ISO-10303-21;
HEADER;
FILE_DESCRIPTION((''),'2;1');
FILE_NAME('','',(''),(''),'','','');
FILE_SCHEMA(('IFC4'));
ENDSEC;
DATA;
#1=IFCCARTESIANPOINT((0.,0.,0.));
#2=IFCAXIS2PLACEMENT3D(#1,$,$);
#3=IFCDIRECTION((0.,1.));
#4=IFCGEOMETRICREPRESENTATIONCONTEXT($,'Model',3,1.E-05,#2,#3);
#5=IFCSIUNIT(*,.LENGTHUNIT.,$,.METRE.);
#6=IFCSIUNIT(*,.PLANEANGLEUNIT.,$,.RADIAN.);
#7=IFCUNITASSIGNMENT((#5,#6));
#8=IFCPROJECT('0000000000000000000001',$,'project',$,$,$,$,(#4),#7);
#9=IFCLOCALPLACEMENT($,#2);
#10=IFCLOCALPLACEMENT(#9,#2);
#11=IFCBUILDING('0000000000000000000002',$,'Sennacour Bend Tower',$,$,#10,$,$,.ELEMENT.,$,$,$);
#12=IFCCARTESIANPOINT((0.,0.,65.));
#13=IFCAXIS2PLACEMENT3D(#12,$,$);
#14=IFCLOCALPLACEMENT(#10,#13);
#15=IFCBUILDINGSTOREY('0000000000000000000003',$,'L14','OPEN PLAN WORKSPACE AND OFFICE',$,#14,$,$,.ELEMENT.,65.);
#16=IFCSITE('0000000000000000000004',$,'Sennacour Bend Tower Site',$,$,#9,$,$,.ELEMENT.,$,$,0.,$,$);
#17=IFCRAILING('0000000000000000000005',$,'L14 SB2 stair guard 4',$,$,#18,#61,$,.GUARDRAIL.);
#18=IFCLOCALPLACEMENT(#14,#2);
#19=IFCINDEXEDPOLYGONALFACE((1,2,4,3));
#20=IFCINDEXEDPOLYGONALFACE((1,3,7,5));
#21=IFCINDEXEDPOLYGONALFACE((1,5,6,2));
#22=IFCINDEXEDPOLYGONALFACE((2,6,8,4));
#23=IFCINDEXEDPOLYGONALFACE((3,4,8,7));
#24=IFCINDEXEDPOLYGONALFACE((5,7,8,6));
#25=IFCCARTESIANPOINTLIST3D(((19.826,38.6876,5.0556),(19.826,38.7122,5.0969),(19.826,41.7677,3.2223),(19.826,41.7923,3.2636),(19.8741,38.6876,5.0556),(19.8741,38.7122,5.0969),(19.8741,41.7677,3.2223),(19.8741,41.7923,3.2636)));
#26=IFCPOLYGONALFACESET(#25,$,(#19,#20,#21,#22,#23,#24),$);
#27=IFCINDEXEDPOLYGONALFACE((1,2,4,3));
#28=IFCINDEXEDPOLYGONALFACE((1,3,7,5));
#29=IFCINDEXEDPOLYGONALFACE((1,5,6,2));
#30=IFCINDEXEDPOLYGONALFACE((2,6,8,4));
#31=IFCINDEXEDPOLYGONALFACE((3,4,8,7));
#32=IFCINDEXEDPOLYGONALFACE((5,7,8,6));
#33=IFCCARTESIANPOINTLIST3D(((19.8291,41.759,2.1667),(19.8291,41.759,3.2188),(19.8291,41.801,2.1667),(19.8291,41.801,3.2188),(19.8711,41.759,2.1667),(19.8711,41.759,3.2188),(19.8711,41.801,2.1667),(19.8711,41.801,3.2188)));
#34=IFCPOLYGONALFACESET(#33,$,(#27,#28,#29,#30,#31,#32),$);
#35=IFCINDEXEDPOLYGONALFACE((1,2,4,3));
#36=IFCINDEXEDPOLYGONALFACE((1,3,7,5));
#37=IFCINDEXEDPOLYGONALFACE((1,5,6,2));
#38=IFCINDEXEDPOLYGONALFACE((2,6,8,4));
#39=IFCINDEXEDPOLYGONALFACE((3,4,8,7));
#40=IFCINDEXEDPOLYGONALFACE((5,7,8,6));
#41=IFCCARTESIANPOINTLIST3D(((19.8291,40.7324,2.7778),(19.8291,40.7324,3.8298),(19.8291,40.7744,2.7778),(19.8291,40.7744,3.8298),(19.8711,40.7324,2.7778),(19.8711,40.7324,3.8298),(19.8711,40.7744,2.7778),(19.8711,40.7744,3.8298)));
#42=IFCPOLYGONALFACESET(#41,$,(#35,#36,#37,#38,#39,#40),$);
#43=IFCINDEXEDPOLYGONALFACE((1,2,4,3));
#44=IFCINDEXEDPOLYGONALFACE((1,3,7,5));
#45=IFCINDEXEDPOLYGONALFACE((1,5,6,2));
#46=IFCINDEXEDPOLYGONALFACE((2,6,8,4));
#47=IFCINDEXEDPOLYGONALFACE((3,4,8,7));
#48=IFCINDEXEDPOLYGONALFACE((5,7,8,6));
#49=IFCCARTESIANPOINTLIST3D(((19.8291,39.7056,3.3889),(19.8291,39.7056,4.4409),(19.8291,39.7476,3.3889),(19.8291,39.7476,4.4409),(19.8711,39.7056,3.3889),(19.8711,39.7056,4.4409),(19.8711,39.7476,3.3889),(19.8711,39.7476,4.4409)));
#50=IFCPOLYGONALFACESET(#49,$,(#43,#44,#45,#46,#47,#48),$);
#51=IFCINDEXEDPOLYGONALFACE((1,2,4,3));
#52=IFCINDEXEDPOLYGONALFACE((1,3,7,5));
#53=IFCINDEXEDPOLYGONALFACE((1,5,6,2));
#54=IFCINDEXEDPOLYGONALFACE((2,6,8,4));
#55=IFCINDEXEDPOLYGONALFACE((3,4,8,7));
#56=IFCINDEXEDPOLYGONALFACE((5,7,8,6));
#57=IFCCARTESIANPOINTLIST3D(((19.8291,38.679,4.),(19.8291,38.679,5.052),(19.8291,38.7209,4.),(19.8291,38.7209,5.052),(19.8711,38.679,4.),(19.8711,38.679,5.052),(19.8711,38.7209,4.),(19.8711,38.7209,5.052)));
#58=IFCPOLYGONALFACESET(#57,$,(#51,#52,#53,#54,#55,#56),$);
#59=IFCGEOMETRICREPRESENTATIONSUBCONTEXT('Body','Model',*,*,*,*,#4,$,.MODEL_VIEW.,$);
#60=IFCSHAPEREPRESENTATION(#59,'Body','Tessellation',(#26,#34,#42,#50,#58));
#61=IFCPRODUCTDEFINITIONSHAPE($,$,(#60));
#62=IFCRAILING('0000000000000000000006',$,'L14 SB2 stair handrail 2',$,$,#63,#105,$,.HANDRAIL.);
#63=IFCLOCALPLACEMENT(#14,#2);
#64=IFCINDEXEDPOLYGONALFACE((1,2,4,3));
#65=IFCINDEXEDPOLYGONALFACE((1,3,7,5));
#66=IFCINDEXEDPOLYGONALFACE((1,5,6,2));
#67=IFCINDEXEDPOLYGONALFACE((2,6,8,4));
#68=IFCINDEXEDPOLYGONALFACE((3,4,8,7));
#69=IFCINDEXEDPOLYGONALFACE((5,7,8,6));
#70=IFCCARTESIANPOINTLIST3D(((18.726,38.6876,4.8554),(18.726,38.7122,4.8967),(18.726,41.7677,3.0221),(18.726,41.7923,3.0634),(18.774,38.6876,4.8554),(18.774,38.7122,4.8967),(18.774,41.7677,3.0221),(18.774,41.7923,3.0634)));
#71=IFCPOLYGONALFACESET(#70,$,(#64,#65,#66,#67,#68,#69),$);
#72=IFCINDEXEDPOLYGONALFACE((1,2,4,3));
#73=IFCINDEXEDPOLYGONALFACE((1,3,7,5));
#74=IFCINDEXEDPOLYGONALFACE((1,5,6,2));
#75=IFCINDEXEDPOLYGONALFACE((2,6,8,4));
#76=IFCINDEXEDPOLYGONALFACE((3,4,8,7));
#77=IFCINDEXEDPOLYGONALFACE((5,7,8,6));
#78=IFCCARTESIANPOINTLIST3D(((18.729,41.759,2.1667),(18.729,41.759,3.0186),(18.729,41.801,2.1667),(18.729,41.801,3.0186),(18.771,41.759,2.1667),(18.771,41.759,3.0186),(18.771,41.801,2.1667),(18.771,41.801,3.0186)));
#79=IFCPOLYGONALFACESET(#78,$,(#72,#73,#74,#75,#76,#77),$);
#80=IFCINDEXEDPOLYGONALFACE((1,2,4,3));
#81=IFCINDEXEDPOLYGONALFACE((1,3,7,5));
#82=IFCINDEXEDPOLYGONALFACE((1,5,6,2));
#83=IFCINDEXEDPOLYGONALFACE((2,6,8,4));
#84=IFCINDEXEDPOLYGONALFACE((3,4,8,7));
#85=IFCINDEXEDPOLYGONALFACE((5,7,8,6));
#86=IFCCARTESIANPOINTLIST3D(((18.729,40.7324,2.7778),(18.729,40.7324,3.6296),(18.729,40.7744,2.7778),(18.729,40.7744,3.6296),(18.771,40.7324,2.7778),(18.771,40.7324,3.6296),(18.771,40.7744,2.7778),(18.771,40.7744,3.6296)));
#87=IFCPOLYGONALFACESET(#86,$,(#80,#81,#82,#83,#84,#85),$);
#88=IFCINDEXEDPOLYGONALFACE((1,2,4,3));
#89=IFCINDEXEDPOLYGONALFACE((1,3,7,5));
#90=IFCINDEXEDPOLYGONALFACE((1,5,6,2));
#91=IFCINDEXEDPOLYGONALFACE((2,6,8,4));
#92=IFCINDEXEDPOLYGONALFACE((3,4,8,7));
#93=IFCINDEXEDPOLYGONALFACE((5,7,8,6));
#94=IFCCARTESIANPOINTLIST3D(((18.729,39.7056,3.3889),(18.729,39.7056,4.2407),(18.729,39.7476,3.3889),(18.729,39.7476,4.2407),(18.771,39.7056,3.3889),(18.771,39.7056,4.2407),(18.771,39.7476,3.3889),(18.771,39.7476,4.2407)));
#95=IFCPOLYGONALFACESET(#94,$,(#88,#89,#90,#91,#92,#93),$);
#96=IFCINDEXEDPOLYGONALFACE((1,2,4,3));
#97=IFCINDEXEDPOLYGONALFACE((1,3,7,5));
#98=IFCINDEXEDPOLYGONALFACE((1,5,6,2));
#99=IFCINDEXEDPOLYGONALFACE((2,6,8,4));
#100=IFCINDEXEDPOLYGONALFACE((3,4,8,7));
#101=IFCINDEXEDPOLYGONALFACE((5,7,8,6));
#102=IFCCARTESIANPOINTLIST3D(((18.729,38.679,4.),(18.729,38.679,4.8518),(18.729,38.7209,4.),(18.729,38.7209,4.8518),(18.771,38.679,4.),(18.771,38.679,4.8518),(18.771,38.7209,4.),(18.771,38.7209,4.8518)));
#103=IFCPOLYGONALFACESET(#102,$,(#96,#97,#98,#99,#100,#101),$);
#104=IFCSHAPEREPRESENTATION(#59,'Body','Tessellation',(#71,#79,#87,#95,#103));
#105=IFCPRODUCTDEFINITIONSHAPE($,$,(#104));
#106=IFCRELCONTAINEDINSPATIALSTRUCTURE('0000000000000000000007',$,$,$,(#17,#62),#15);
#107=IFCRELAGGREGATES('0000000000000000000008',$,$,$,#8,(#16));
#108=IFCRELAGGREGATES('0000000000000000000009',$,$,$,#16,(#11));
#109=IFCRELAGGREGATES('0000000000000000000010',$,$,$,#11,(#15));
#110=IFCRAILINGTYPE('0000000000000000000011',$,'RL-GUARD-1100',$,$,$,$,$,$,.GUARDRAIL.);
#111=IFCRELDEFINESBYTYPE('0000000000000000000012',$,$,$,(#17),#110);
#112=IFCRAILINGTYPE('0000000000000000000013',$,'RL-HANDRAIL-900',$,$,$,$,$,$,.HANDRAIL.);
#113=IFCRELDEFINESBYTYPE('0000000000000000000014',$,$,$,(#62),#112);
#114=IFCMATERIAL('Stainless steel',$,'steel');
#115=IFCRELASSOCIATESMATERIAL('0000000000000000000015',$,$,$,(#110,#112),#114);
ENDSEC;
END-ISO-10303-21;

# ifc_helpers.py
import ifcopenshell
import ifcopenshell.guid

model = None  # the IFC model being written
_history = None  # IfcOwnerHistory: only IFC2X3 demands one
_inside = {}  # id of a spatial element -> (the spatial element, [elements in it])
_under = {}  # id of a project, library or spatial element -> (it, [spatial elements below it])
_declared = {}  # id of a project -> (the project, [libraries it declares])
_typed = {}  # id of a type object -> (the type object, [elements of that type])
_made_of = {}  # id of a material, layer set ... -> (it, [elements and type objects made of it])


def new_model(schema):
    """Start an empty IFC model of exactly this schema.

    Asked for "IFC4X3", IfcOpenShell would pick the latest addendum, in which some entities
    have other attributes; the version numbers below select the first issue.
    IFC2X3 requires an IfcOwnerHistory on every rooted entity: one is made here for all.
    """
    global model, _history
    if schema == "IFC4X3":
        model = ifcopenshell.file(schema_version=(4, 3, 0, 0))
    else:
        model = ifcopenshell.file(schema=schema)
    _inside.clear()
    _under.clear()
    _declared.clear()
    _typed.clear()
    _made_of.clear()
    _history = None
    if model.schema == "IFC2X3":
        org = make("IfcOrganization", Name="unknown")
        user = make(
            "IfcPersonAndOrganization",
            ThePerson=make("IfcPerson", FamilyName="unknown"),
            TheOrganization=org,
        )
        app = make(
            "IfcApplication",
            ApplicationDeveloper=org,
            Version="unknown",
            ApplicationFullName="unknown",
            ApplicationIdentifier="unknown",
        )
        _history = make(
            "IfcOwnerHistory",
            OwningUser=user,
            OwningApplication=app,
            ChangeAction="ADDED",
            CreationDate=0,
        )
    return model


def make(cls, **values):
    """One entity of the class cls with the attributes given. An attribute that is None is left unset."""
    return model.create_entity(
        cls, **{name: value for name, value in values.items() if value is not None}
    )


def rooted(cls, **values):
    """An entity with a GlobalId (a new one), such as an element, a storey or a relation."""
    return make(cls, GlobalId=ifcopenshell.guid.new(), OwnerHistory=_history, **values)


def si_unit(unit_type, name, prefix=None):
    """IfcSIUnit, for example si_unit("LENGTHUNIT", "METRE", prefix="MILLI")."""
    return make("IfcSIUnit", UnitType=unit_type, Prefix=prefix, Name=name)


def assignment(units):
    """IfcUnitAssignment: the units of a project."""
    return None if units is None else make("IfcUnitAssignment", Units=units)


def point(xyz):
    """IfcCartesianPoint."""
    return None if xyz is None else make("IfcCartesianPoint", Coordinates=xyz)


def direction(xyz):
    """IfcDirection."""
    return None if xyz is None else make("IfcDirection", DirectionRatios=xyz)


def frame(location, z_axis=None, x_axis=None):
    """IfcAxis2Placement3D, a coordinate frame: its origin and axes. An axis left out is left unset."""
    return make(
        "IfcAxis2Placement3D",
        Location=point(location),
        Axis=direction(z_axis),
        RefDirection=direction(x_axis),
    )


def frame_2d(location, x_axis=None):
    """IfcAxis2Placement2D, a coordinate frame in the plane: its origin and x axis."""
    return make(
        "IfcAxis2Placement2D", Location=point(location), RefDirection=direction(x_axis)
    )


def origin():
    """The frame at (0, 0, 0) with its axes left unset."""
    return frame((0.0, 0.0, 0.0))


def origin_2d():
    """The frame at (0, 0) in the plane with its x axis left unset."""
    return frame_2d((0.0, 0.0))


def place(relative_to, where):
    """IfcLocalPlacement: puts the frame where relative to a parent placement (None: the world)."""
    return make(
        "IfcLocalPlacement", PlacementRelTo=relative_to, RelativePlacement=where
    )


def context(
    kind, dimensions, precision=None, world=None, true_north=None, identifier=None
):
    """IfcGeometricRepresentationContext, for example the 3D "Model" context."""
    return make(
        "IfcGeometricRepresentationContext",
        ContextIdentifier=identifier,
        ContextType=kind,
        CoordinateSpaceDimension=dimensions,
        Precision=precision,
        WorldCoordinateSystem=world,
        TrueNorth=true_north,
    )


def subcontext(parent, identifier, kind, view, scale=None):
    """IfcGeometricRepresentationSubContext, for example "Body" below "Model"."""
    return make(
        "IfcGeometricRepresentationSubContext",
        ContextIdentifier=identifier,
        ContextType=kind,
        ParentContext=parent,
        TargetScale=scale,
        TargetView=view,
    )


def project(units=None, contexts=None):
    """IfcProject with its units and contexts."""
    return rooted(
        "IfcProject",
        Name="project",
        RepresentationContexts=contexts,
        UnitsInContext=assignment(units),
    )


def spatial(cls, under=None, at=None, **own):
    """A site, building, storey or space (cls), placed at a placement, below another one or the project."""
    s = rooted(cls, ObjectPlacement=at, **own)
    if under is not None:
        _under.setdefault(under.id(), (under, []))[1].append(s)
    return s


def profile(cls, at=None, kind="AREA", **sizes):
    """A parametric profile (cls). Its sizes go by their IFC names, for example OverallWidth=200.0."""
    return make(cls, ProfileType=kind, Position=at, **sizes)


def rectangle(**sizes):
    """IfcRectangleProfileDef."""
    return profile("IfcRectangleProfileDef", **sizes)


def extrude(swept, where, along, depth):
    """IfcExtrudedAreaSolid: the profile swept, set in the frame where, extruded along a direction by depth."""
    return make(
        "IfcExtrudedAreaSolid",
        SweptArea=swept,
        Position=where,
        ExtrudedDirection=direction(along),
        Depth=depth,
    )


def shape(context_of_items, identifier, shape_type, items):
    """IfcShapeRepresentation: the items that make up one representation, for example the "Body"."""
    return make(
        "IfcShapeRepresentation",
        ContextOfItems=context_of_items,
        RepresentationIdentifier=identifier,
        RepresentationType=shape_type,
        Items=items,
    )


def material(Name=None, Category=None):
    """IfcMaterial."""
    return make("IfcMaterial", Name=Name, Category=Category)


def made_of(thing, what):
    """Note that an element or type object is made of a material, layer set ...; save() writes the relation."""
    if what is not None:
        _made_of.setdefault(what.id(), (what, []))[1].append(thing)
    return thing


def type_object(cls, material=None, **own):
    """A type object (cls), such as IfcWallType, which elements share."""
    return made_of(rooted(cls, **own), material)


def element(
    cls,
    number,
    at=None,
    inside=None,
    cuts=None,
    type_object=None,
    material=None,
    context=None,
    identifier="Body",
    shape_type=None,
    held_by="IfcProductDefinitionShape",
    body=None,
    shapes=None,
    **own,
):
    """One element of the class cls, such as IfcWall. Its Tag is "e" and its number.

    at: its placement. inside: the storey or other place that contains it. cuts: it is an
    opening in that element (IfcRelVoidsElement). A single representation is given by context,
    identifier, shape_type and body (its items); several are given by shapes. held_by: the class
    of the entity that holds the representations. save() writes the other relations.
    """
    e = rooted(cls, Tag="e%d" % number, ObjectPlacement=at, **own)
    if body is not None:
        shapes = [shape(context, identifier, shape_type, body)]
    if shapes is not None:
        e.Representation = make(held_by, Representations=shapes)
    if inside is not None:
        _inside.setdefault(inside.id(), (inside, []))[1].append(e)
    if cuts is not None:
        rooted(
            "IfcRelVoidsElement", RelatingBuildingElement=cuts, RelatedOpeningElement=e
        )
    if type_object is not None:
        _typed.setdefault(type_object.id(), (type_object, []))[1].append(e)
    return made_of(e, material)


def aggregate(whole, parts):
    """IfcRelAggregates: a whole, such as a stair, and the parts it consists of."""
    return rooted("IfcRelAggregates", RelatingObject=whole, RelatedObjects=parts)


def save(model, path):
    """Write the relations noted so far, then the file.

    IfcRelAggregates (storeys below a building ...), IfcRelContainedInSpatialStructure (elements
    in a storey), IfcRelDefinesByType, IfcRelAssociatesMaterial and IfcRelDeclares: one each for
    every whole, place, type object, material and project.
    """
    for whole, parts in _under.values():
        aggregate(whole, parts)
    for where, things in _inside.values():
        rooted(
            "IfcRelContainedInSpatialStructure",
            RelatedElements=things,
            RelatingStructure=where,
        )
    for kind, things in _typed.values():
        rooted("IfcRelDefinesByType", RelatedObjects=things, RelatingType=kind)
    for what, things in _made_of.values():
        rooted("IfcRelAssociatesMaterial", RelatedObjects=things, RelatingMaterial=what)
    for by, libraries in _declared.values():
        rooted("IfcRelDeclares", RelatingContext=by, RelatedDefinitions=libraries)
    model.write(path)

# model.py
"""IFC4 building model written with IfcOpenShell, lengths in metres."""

from ifc_helpers import new_model, si_unit, direction, frame, origin, origin_2d, place, context, subcontext, project, spatial, rectangle, extrude, material, type_object, element, save


model = new_model("IFC4")

# Units and contexts
model_context = context("Model", 3, precision=1e-05, world=origin(), true_north=direction((0.0, 1.0)))
body_context = subcontext(model_context, "Body", "Model", "MODEL_VIEW")
ifc_project = project(units=[si_unit("LENGTHUNIT", "METRE"), si_unit("PLANEANGLEUNIT", "RADIAN")], contexts=[model_context])

# Site, building, storey
site_placement = place(None, origin())
site = spatial("IfcSite", under=ifc_project, at=site_placement, Name="Sennacour Bend Tower Site", CompositionType="ELEMENT", RefElevation=0.0)
building_placement = place(site_placement, origin())
building = spatial("IfcBuilding", under=site, at=building_placement, Name="Sennacour Bend Tower", CompositionType="ELEMENT")
storey_placement = place(building_placement, frame((0.0, 0.0, 65.0)))
storey = spatial("IfcBuildingStorey", under=building, at=storey_placement, Name="L14", Description="OPEN PLAN WORKSPACE AND OFFICE", CompositionType="ELEMENT", Elevation=65.0)

# Railings
ifc_material_1 = material(Name="Stainless steel", Category="steel")
railing_type_1 = type_object("IfcRailingType", Name="RL-GUARD-1100", PredefinedType="GUARDRAIL", material=ifc_material_1)
railing_1_placement = place(storey_placement, frame((19.8501, 41.78, 2.1667)))
element("IfcRailing", 1, at=railing_1_placement, inside=storey, type_object=railing_type_1, Name="L14 SB2 stair guard 4", PredefinedType="GUARDRAIL", context=body_context, shape_type="SweptSolid", body=[
    extrude(rectangle(XDim=0.0481, YDim=0.0481, at=origin_2d()), frame((0.0, 0.0, 1.0762), z_axis=(0.0, -0.859309, 0.511458), x_axis=(1.0, 0.0, 0.0)), (0.0, 0.0, 1.0), 3.5845),
    extrude(rectangle(XDim=0.042, YDim=0.042, at=origin_2d()), origin(), (0.0, 0.0, 1.0), 1.052),
    extrude(rectangle(XDim=0.042, YDim=0.042, at=origin_2d()), frame((0.0, -1.0266, 0.6111)), (0.0, 0.0, 1.0), 1.052),
    extrude(rectangle(XDim=0.042, YDim=0.042, at=origin_2d()), frame((0.0, -2.0535, 1.2222)), (0.0, 0.0, 1.0), 1.052),
    extrude(rectangle(XDim=0.042, YDim=0.042, at=origin_2d()), frame((0.0, -3.0801, 1.8333)), (0.0, 0.0, 1.0), 1.052),
])
railing_type_2 = type_object("IfcRailingType", Name="RL-HANDRAIL-900", PredefinedType="HANDRAIL", material=ifc_material_1)
railing_2_placement = place(storey_placement, frame((18.75, 41.78, 2.1667)))
element("IfcRailing", 2, at=railing_2_placement, inside=storey, type_object=railing_type_2, Name="L14 SB2 stair handrail 2", PredefinedType="HANDRAIL", context=body_context, shape_type="SweptSolid", body=[
    extrude(rectangle(XDim=0.0481, YDim=0.0481, at=origin_2d()), frame((0.0, 0.0, 0.876), z_axis=(0.0, -0.859309, 0.511458), x_axis=(1.0, 0.0, 0.0)), (0.0, 0.0, 1.0), 3.5845),
    extrude(rectangle(XDim=0.042, YDim=0.042, at=origin_2d()), origin(), (0.0, 0.0, 1.0), 0.8518),
    extrude(rectangle(XDim=0.042, YDim=0.042, at=origin_2d()), frame((0.0, -1.0266, 0.6111)), (0.0, 0.0, 1.0), 0.8518),
    extrude(rectangle(XDim=0.042, YDim=0.042, at=origin_2d()), frame((0.0, -2.0535, 1.2222)), (0.0, 0.0, 1.0), 0.8518),
    extrude(rectangle(XDim=0.042, YDim=0.042, at=origin_2d()), frame((0.0, -3.0801, 1.8333)), (0.0, 0.0, 1.0), 0.8518),
])

save(model, "model.ifc")
